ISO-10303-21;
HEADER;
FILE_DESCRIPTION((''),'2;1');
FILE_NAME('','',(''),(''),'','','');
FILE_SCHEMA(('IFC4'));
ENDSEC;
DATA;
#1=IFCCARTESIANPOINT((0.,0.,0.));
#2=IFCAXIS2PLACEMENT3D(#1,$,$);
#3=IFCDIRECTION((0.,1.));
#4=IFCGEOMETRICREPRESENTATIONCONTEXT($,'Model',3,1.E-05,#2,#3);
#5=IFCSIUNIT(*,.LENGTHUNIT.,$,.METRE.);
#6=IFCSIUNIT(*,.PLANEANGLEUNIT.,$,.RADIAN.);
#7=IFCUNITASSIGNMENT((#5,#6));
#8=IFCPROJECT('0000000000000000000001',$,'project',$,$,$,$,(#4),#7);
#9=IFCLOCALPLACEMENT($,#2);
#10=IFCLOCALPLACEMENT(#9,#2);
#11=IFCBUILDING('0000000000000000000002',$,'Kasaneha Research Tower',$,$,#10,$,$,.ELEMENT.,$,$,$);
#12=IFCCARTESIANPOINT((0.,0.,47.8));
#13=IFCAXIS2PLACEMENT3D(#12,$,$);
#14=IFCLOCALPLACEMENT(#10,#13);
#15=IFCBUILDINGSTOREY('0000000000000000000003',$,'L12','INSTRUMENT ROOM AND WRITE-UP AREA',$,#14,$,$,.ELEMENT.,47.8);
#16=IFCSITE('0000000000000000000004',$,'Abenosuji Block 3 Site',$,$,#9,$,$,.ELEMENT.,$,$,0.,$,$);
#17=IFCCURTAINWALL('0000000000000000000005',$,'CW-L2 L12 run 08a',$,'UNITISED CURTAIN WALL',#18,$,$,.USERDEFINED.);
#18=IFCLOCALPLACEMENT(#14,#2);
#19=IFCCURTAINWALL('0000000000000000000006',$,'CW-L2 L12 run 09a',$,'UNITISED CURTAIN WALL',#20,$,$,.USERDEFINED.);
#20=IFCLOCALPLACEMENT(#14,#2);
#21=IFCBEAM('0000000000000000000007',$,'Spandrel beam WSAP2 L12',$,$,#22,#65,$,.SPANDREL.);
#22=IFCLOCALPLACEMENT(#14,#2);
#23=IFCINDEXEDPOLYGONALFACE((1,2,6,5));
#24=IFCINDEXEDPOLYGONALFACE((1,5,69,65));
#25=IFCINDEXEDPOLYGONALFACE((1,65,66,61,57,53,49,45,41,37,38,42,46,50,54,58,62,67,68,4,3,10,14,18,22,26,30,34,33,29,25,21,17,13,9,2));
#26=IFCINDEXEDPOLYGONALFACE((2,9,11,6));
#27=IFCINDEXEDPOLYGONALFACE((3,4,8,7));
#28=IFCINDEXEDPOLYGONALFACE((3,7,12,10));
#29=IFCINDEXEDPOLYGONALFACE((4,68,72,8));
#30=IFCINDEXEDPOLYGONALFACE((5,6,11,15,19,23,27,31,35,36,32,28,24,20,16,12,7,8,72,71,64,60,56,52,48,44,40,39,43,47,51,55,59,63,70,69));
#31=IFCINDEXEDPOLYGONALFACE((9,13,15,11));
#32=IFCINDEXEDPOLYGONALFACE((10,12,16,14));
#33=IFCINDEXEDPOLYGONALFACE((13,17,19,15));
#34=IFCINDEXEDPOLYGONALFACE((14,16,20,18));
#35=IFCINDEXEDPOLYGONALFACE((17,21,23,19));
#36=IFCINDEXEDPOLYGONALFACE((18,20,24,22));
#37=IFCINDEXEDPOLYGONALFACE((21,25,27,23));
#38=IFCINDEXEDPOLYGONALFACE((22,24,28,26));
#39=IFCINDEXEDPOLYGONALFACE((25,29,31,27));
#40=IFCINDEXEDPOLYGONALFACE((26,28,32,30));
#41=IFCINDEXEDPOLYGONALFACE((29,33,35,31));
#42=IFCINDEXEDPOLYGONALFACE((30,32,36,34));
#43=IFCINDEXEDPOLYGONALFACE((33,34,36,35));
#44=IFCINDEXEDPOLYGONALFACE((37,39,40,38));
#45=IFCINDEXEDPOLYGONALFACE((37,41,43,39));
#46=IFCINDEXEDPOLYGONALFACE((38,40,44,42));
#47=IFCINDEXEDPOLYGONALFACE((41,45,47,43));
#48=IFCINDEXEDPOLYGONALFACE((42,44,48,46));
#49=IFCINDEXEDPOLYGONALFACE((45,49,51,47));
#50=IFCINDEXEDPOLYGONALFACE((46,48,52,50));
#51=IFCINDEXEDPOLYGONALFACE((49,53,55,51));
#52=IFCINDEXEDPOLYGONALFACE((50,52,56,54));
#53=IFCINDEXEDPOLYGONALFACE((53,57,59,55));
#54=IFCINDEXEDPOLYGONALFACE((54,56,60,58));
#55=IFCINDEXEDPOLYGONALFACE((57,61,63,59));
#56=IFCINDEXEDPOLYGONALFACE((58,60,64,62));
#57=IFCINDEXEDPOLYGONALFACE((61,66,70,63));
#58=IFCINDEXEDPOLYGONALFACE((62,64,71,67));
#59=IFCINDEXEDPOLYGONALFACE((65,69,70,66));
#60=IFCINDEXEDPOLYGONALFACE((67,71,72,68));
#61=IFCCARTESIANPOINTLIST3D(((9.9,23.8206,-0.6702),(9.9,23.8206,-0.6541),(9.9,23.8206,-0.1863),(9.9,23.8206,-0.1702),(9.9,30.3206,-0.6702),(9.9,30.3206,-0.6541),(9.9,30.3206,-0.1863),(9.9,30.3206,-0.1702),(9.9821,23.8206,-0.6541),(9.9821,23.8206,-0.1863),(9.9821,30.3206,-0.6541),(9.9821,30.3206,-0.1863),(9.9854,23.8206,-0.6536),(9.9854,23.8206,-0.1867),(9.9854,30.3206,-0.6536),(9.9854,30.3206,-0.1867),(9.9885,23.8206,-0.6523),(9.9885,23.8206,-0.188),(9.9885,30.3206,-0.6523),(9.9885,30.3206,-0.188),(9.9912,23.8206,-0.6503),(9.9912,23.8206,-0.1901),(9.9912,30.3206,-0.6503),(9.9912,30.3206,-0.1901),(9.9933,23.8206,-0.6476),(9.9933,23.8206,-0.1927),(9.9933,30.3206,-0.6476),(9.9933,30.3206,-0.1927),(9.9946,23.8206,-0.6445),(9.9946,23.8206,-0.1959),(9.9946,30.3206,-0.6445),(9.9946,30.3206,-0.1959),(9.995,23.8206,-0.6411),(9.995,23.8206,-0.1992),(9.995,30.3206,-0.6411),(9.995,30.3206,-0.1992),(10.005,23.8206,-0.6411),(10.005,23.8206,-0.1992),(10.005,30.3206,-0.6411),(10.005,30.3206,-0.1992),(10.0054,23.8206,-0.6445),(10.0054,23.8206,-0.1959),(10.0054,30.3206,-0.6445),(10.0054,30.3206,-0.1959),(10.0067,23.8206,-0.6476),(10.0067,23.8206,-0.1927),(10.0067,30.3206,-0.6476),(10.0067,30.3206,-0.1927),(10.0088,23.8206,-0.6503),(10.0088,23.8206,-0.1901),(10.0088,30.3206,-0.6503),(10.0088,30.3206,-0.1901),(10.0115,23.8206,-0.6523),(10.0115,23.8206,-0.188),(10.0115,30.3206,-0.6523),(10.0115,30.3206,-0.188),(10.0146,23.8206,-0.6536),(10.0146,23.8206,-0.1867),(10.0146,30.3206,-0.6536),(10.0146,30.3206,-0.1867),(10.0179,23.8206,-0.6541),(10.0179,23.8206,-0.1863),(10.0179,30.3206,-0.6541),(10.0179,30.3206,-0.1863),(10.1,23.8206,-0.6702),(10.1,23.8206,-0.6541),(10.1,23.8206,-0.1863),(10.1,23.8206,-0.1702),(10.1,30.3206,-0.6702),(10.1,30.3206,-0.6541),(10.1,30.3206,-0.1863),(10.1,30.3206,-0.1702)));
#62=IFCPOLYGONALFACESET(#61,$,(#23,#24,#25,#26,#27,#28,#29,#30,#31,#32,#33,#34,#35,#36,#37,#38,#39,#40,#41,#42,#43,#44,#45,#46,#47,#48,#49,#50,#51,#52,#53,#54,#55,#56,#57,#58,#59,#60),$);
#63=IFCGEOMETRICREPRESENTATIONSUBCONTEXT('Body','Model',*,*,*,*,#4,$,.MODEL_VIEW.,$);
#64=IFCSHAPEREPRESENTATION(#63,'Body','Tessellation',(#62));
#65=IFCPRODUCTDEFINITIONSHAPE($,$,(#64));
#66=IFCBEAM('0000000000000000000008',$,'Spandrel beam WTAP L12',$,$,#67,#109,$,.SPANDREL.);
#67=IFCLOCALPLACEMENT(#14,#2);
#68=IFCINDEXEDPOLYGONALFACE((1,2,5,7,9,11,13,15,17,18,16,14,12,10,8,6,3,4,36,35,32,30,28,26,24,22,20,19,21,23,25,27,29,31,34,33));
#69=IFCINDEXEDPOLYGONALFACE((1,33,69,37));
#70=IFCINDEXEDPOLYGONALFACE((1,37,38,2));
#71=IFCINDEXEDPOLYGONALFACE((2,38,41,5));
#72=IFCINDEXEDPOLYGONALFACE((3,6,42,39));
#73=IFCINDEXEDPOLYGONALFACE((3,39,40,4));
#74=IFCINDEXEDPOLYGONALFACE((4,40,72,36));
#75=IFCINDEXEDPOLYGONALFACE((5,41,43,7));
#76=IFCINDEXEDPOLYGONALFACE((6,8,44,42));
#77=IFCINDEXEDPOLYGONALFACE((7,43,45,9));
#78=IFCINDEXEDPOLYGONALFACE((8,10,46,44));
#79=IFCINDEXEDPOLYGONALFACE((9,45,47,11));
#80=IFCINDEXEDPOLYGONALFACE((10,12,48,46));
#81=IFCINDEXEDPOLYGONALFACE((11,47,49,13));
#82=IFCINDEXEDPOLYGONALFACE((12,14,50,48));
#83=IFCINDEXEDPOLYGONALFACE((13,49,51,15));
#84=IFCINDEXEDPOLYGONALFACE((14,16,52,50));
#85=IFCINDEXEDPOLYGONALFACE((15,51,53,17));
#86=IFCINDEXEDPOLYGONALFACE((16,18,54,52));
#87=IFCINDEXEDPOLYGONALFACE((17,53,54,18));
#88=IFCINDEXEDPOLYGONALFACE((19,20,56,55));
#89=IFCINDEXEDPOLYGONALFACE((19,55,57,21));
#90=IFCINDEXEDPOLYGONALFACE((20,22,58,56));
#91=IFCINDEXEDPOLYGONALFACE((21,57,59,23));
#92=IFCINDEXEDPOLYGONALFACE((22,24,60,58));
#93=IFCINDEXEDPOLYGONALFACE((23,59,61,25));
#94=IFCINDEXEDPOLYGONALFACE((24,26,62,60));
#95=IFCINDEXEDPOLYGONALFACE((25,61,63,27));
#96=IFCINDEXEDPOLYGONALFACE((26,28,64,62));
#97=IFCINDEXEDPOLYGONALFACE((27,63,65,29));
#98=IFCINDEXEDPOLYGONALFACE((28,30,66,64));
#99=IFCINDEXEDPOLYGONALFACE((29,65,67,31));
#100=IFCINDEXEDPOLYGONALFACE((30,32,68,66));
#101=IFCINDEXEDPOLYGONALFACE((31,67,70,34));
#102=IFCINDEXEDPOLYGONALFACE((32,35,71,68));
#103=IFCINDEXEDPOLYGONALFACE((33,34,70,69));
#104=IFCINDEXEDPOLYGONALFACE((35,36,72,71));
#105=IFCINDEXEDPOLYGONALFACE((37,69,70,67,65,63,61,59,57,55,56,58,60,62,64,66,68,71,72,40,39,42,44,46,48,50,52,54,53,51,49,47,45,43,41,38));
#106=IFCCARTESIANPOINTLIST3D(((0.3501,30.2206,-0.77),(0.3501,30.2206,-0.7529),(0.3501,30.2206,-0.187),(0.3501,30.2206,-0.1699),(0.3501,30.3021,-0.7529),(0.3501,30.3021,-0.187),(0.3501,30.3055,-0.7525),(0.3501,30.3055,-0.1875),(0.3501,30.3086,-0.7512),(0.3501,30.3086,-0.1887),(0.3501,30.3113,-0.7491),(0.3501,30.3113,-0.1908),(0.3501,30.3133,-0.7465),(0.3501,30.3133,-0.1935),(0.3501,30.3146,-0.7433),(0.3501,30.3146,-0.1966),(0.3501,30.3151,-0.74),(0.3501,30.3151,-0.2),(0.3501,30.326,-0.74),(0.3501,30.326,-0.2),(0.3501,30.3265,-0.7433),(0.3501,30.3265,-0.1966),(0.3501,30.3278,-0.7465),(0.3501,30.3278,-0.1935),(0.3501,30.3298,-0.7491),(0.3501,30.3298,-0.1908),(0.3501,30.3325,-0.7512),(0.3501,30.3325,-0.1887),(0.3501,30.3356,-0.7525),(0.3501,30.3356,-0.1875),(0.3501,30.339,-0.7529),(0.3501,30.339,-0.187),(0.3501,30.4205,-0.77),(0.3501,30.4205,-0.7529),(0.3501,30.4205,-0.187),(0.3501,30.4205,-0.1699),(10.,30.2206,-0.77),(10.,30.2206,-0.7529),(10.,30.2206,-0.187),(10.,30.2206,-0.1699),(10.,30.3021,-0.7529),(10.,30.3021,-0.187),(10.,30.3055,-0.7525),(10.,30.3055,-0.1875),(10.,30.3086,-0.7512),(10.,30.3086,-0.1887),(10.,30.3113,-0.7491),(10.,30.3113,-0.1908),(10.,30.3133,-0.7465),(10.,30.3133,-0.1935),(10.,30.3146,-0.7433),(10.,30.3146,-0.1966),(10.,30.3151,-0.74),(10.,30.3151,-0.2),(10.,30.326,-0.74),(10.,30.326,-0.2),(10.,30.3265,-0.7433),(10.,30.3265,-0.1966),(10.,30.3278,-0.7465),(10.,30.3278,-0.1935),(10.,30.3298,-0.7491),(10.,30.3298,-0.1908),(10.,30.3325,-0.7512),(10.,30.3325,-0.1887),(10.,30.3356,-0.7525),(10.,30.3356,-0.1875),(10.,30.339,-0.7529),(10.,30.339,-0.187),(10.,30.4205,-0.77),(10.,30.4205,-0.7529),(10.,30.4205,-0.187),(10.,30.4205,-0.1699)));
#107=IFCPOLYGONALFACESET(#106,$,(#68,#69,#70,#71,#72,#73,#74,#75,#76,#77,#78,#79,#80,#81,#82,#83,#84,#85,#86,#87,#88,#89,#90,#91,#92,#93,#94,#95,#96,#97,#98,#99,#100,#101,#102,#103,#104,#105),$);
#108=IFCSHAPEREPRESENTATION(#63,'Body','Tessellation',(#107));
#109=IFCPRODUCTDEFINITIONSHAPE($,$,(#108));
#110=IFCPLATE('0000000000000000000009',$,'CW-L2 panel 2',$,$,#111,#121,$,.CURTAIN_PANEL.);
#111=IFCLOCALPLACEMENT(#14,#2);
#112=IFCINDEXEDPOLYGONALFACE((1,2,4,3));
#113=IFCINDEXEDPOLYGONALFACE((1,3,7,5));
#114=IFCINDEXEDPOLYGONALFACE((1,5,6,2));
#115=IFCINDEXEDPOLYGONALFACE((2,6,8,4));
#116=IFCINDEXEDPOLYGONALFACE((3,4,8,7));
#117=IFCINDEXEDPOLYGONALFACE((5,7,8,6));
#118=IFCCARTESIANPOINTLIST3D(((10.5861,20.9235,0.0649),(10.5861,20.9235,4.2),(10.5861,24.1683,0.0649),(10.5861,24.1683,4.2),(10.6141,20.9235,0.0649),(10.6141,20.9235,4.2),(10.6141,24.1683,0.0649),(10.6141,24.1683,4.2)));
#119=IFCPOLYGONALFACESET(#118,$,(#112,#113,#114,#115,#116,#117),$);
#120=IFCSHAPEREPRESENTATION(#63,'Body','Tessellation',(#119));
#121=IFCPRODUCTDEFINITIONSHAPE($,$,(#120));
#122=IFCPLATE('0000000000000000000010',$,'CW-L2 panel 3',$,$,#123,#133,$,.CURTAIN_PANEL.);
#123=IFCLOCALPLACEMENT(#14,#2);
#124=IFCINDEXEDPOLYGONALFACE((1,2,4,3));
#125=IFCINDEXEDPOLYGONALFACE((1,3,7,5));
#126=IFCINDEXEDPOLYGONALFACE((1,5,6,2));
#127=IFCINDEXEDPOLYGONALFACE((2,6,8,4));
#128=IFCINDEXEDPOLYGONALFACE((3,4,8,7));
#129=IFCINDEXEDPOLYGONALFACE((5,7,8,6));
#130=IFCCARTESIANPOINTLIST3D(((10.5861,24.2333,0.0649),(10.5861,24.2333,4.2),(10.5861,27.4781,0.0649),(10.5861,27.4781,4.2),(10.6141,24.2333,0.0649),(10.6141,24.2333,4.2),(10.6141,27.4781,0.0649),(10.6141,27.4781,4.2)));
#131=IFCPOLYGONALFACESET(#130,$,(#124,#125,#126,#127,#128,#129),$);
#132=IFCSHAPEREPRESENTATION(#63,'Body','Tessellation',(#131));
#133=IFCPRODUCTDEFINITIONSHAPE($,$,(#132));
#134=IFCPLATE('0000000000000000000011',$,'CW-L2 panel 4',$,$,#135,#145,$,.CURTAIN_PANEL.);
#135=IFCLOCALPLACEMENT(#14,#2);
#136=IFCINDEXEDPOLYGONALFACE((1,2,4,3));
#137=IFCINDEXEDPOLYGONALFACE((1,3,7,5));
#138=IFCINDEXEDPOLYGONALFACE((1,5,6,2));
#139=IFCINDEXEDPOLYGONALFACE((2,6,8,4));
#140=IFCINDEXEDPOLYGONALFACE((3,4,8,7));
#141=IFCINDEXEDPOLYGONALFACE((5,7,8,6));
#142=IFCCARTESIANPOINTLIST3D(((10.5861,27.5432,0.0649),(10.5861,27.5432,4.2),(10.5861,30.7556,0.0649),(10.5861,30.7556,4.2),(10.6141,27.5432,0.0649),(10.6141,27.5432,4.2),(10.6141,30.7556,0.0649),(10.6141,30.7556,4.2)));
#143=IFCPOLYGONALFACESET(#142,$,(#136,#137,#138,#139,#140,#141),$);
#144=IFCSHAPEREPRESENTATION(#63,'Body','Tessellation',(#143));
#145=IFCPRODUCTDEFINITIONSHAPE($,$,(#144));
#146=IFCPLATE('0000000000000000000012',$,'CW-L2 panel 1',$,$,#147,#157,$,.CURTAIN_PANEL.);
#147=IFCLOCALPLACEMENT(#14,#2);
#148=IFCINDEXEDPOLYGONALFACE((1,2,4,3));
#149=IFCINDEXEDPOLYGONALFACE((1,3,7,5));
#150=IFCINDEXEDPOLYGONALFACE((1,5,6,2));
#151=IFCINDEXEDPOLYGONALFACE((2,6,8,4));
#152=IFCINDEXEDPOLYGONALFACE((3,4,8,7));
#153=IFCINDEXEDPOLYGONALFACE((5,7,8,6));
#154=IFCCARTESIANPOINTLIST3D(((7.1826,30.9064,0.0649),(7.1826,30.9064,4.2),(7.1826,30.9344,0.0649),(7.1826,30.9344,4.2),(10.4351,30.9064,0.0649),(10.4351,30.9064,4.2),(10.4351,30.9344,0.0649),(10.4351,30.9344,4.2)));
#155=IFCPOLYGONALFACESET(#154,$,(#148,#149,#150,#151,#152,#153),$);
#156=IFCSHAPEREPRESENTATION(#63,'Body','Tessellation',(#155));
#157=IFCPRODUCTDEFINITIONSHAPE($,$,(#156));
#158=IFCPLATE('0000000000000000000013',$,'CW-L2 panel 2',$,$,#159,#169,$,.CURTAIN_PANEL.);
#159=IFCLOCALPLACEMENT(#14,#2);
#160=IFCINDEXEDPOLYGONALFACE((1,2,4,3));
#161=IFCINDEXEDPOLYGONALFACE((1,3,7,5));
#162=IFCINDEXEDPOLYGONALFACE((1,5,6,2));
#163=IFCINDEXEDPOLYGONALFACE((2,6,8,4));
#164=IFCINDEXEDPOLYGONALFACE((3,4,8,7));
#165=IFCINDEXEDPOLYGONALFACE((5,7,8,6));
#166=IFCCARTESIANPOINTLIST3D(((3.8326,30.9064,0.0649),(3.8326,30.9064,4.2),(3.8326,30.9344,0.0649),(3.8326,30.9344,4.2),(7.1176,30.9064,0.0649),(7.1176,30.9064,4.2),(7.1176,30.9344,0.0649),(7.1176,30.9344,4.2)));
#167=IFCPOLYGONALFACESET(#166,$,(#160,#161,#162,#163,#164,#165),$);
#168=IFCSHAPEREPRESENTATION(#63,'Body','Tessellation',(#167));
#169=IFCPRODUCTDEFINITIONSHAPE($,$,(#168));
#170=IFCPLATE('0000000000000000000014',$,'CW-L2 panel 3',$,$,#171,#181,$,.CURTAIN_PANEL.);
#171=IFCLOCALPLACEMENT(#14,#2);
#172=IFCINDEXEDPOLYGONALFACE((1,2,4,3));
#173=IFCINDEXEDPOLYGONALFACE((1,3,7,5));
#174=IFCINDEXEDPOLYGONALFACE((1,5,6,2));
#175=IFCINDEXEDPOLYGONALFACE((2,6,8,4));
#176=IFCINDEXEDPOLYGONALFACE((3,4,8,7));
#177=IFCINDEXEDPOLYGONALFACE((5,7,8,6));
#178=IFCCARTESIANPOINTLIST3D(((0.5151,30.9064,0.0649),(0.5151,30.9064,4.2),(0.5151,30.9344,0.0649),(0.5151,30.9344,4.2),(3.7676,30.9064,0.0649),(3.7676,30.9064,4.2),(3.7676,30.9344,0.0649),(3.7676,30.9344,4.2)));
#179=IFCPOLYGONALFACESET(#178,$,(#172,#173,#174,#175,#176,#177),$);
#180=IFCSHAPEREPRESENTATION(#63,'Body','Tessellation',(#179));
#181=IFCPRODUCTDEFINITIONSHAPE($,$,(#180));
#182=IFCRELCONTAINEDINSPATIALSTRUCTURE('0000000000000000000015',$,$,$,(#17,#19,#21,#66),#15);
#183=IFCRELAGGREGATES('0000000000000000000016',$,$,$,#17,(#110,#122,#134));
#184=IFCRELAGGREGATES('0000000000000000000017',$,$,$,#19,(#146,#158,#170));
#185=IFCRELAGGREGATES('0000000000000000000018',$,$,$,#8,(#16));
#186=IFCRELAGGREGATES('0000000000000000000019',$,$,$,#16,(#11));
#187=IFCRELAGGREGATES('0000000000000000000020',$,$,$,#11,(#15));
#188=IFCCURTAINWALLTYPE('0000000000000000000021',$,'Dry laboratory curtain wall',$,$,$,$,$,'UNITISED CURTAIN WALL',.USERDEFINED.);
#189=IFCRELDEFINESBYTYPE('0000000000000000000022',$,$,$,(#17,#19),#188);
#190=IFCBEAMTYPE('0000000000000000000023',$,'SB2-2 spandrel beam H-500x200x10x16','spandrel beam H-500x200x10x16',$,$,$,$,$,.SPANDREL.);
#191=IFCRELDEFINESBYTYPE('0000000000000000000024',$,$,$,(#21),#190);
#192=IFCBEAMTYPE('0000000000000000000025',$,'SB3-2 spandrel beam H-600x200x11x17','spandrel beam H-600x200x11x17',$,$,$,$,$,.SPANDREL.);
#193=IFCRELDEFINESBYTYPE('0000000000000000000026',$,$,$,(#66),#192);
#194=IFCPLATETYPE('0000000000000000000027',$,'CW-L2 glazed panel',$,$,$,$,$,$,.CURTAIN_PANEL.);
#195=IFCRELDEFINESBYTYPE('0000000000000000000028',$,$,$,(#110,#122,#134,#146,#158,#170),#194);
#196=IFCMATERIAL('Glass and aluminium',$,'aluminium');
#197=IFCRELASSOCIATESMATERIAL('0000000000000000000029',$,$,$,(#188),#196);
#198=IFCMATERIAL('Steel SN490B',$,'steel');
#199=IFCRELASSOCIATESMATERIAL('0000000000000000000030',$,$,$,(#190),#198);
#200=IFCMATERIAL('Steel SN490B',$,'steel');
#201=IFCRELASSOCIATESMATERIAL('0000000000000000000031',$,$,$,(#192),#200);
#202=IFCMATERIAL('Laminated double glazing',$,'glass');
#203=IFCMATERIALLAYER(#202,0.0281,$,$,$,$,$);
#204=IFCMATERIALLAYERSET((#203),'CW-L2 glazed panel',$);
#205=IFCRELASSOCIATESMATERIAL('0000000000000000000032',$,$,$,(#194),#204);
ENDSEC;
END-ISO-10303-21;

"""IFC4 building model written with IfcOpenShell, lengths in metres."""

from ifc_helpers import new_model, si_unit, direction, frame, origin, origin_2d, place, context, subcontext, project, spatial, rectangle, i_section, extrude, material, layer, layer_set, material_profile, profile_set, type_object, element, aggregate, save


model = new_model("IFC4")

# Units and contexts
model_context = context("Model", 3, precision=1e-05, world=origin(), true_north=direction((0.0, 1.0)))
body_context = subcontext(model_context, "Body", "Model", "MODEL_VIEW")
ifc_project = project(units=[si_unit("LENGTHUNIT", "METRE"), si_unit("PLANEANGLEUNIT", "RADIAN")], contexts=[model_context])

# Site, building, storey
site_placement = place(None, origin())
site = spatial("IfcSite", under=ifc_project, at=site_placement, Name="Abenosuji Block 3 Site", CompositionType="ELEMENT", RefElevation=0.0)
building_placement = place(site_placement, origin())
building = spatial("IfcBuilding", under=site, at=building_placement, Name="Kasaneha Research Tower", CompositionType="ELEMENT")
storey_placement = place(building_placement, frame((0.0, 0.0, 47.8)))
storey = spatial("IfcBuildingStorey", under=building, at=storey_placement, Name="L12", Description="INSTRUMENT ROOM AND WRITE-UP AREA", CompositionType="ELEMENT", Elevation=47.8)

# Curtain walls
ifc_material_1 = material(Name="Glass and aluminium", Category="aluminium")
curtain_wall_type = type_object("IfcCurtainWallType", Name="Dry laboratory curtain wall", ElementType="UNITISED CURTAIN WALL", PredefinedType="USERDEFINED", material=ifc_material_1)
curtain_wall_1_placement = place(storey_placement, origin())
curtain_wall_1 = element("IfcCurtainWall", 1, at=curtain_wall_1_placement, inside=storey, type_object=curtain_wall_type, Name="CW-L2 L12 run 08a", ObjectType="UNITISED CURTAIN WALL", PredefinedType="USERDEFINED")
curtain_wall_2_placement = place(storey_placement, origin())
curtain_wall_2 = element("IfcCurtainWall", 2, at=curtain_wall_2_placement, inside=storey, type_object=curtain_wall_type, Name="CW-L2 L12 run 09a", ObjectType="UNITISED CURTAIN WALL", PredefinedType="USERDEFINED")

# Beams
ifc_material_2 = material(Name="Steel SN490B", Category="steel")
ifc_material_profile_1 = material_profile(ifc_material_2, i_section(OverallWidth=0.2, OverallDepth=0.5, WebThickness=0.01, FlangeThickness=0.0161, FilletRadius=0.0129, at=origin_2d()), Name="H-500x200x10x16")
ifc_profile_set_1 = profile_set([ifc_material_profile_1], Name="Steel SN490B")
beam_type_1 = type_object("IfcBeamType", Name="SB2-2 spandrel beam H-500x200x10x16", Description="spandrel beam H-500x200x10x16", PredefinedType="SPANDREL", material=ifc_profile_set_1)
beam_1_placement = place(storey_placement, frame((10.0, 23.8206, -0.4202), z_axis=(0.0, 1.0, 0.0), x_axis=(-1.0, 0.0, 0.0)))
element("IfcBeam", 3, at=beam_1_placement, inside=storey, type_object=beam_type_1, Name="Spandrel beam WSAP2 L12", PredefinedType="SPANDREL", context=body_context, shape_type="SweptSolid", body=[
    extrude(i_section(OverallWidth=0.2, OverallDepth=0.5, WebThickness=0.01, FlangeThickness=0.0161, FilletRadius=0.0129, at=origin_2d()), origin(), (0.0, 0.0, 1.0), 6.5),
])
ifc_material_3 = material(Name="Steel SN490B", Category="steel")
ifc_material_profile_2 = material_profile(ifc_material_3, i_section(OverallWidth=0.2, OverallDepth=0.6001, WebThickness=0.011, FlangeThickness=0.0171, FilletRadius=0.0129, at=origin_2d()), Name="H-600x200x11x17")
ifc_profile_set_2 = profile_set([ifc_material_profile_2], Name="Steel SN490B")
beam_type_2 = type_object("IfcBeamType", Name="SB3-2 spandrel beam H-600x200x11x17", Description="spandrel beam H-600x200x11x17", PredefinedType="SPANDREL", material=ifc_profile_set_2)
beam_2_placement = place(storey_placement, frame((10.0, 30.3206, -0.47), z_axis=(-1.0, 0.0, 0.0), x_axis=(0.0, -1.0, 0.0)))
element("IfcBeam", 4, at=beam_2_placement, inside=storey, type_object=beam_type_2, Name="Spandrel beam WTAP L12", PredefinedType="SPANDREL", context=body_context, shape_type="SweptSolid", body=[
    extrude(i_section(OverallWidth=0.2, OverallDepth=0.6001, WebThickness=0.011, FlangeThickness=0.0171, FilletRadius=0.0129, at=origin_2d()), origin(), (0.0, 0.0, 1.0), 9.6499),
])

# Plates
ifc_material_4 = material(Name="Laminated double glazing", Category="glass")
ifc_layer_1 = layer(ifc_material_4, 0.0281)
ifc_layer_set_1 = layer_set([ifc_layer_1], Name="CW-L2 glazed panel")
plate_type = type_object("IfcPlateType", Name="CW-L2 glazed panel", PredefinedType="CURTAIN_PANEL", material=ifc_layer_set_1)
plate_1_placement = place(storey_placement, frame((10.6001, 22.5459, 0.0649), z_axis=(0.0, 0.0, 1.0), x_axis=(0.0, 1.0, 0.0)))
plate_1 = element("IfcPlate", 5, at=plate_1_placement, type_object=plate_type, Name="CW-L2 panel 2", PredefinedType="CURTAIN_PANEL", context=body_context, shape_type="SweptSolid", body=[
    extrude(rectangle(XDim=3.2449, YDim=0.0281, at=origin_2d()), origin(), (0.0, 0.0, 1.0), 4.135),
])
plate_2_placement = place(storey_placement, frame((10.6001, 25.8557, 0.0649), z_axis=(0.0, 0.0, 1.0), x_axis=(0.0, 1.0, 0.0)))
plate_2 = element("IfcPlate", 6, at=plate_2_placement, type_object=plate_type, Name="CW-L2 panel 3", PredefinedType="CURTAIN_PANEL", context=body_context, shape_type="SweptSolid", body=[
    extrude(rectangle(XDim=3.2449, YDim=0.0281, at=origin_2d()), origin(), (0.0, 0.0, 1.0), 4.135),
])
plate_3_placement = place(storey_placement, frame((10.6001, 29.1494, 0.0649), z_axis=(0.0, 0.0, 1.0), x_axis=(0.0, 1.0, 0.0)))
plate_3 = element("IfcPlate", 7, at=plate_3_placement, type_object=plate_type, Name="CW-L2 panel 4", PredefinedType="CURTAIN_PANEL", context=body_context, shape_type="SweptSolid", body=[
    extrude(rectangle(XDim=3.2124, YDim=0.0281, at=origin_2d()), origin(), (0.0, 0.0, 1.0), 4.135),
])
aggregate(curtain_wall_1, [plate_1, plate_2, plate_3])
plate_4_placement = place(storey_placement, frame((8.8088, 30.9204, 0.0649), z_axis=(0.0, 0.0, 1.0), x_axis=(-1.0, 0.0, 0.0)))
plate_4 = element("IfcPlate", 8, at=plate_4_placement, type_object=plate_type, Name="CW-L2 panel 1", PredefinedType="CURTAIN_PANEL", context=body_context, shape_type="SweptSolid", body=[
    extrude(rectangle(XDim=3.2524, YDim=0.0281, at=origin_2d()), origin(), (0.0, 0.0, 1.0), 4.135),
])
plate_5_placement = place(storey_placement, frame((5.4751, 30.9204, 0.0649), z_axis=(0.0, 0.0, 1.0), x_axis=(-1.0, 0.0, 0.0)))
plate_5 = element("IfcPlate", 9, at=plate_5_placement, type_object=plate_type, Name="CW-L2 panel 2", PredefinedType="CURTAIN_PANEL", context=body_context, shape_type="SweptSolid", body=[
    extrude(rectangle(XDim=3.2849, YDim=0.0281, at=origin_2d()), origin(), (0.0, 0.0, 1.0), 4.135),
])
plate_6_placement = place(storey_placement, frame((2.1414, 30.9204, 0.0649), z_axis=(0.0, 0.0, 1.0), x_axis=(-1.0, 0.0, 0.0)))
plate_6 = element("IfcPlate", 10, at=plate_6_placement, type_object=plate_type, Name="CW-L2 panel 3", PredefinedType="CURTAIN_PANEL", context=body_context, shape_type="SweptSolid", body=[
    extrude(rectangle(XDim=3.2524, YDim=0.0281, at=origin_2d()), origin(), (0.0, 0.0, 1.0), 4.135),
])
aggregate(curtain_wall_2, [plate_4, plate_5, plate_6])

save(model, "model.ifc")
